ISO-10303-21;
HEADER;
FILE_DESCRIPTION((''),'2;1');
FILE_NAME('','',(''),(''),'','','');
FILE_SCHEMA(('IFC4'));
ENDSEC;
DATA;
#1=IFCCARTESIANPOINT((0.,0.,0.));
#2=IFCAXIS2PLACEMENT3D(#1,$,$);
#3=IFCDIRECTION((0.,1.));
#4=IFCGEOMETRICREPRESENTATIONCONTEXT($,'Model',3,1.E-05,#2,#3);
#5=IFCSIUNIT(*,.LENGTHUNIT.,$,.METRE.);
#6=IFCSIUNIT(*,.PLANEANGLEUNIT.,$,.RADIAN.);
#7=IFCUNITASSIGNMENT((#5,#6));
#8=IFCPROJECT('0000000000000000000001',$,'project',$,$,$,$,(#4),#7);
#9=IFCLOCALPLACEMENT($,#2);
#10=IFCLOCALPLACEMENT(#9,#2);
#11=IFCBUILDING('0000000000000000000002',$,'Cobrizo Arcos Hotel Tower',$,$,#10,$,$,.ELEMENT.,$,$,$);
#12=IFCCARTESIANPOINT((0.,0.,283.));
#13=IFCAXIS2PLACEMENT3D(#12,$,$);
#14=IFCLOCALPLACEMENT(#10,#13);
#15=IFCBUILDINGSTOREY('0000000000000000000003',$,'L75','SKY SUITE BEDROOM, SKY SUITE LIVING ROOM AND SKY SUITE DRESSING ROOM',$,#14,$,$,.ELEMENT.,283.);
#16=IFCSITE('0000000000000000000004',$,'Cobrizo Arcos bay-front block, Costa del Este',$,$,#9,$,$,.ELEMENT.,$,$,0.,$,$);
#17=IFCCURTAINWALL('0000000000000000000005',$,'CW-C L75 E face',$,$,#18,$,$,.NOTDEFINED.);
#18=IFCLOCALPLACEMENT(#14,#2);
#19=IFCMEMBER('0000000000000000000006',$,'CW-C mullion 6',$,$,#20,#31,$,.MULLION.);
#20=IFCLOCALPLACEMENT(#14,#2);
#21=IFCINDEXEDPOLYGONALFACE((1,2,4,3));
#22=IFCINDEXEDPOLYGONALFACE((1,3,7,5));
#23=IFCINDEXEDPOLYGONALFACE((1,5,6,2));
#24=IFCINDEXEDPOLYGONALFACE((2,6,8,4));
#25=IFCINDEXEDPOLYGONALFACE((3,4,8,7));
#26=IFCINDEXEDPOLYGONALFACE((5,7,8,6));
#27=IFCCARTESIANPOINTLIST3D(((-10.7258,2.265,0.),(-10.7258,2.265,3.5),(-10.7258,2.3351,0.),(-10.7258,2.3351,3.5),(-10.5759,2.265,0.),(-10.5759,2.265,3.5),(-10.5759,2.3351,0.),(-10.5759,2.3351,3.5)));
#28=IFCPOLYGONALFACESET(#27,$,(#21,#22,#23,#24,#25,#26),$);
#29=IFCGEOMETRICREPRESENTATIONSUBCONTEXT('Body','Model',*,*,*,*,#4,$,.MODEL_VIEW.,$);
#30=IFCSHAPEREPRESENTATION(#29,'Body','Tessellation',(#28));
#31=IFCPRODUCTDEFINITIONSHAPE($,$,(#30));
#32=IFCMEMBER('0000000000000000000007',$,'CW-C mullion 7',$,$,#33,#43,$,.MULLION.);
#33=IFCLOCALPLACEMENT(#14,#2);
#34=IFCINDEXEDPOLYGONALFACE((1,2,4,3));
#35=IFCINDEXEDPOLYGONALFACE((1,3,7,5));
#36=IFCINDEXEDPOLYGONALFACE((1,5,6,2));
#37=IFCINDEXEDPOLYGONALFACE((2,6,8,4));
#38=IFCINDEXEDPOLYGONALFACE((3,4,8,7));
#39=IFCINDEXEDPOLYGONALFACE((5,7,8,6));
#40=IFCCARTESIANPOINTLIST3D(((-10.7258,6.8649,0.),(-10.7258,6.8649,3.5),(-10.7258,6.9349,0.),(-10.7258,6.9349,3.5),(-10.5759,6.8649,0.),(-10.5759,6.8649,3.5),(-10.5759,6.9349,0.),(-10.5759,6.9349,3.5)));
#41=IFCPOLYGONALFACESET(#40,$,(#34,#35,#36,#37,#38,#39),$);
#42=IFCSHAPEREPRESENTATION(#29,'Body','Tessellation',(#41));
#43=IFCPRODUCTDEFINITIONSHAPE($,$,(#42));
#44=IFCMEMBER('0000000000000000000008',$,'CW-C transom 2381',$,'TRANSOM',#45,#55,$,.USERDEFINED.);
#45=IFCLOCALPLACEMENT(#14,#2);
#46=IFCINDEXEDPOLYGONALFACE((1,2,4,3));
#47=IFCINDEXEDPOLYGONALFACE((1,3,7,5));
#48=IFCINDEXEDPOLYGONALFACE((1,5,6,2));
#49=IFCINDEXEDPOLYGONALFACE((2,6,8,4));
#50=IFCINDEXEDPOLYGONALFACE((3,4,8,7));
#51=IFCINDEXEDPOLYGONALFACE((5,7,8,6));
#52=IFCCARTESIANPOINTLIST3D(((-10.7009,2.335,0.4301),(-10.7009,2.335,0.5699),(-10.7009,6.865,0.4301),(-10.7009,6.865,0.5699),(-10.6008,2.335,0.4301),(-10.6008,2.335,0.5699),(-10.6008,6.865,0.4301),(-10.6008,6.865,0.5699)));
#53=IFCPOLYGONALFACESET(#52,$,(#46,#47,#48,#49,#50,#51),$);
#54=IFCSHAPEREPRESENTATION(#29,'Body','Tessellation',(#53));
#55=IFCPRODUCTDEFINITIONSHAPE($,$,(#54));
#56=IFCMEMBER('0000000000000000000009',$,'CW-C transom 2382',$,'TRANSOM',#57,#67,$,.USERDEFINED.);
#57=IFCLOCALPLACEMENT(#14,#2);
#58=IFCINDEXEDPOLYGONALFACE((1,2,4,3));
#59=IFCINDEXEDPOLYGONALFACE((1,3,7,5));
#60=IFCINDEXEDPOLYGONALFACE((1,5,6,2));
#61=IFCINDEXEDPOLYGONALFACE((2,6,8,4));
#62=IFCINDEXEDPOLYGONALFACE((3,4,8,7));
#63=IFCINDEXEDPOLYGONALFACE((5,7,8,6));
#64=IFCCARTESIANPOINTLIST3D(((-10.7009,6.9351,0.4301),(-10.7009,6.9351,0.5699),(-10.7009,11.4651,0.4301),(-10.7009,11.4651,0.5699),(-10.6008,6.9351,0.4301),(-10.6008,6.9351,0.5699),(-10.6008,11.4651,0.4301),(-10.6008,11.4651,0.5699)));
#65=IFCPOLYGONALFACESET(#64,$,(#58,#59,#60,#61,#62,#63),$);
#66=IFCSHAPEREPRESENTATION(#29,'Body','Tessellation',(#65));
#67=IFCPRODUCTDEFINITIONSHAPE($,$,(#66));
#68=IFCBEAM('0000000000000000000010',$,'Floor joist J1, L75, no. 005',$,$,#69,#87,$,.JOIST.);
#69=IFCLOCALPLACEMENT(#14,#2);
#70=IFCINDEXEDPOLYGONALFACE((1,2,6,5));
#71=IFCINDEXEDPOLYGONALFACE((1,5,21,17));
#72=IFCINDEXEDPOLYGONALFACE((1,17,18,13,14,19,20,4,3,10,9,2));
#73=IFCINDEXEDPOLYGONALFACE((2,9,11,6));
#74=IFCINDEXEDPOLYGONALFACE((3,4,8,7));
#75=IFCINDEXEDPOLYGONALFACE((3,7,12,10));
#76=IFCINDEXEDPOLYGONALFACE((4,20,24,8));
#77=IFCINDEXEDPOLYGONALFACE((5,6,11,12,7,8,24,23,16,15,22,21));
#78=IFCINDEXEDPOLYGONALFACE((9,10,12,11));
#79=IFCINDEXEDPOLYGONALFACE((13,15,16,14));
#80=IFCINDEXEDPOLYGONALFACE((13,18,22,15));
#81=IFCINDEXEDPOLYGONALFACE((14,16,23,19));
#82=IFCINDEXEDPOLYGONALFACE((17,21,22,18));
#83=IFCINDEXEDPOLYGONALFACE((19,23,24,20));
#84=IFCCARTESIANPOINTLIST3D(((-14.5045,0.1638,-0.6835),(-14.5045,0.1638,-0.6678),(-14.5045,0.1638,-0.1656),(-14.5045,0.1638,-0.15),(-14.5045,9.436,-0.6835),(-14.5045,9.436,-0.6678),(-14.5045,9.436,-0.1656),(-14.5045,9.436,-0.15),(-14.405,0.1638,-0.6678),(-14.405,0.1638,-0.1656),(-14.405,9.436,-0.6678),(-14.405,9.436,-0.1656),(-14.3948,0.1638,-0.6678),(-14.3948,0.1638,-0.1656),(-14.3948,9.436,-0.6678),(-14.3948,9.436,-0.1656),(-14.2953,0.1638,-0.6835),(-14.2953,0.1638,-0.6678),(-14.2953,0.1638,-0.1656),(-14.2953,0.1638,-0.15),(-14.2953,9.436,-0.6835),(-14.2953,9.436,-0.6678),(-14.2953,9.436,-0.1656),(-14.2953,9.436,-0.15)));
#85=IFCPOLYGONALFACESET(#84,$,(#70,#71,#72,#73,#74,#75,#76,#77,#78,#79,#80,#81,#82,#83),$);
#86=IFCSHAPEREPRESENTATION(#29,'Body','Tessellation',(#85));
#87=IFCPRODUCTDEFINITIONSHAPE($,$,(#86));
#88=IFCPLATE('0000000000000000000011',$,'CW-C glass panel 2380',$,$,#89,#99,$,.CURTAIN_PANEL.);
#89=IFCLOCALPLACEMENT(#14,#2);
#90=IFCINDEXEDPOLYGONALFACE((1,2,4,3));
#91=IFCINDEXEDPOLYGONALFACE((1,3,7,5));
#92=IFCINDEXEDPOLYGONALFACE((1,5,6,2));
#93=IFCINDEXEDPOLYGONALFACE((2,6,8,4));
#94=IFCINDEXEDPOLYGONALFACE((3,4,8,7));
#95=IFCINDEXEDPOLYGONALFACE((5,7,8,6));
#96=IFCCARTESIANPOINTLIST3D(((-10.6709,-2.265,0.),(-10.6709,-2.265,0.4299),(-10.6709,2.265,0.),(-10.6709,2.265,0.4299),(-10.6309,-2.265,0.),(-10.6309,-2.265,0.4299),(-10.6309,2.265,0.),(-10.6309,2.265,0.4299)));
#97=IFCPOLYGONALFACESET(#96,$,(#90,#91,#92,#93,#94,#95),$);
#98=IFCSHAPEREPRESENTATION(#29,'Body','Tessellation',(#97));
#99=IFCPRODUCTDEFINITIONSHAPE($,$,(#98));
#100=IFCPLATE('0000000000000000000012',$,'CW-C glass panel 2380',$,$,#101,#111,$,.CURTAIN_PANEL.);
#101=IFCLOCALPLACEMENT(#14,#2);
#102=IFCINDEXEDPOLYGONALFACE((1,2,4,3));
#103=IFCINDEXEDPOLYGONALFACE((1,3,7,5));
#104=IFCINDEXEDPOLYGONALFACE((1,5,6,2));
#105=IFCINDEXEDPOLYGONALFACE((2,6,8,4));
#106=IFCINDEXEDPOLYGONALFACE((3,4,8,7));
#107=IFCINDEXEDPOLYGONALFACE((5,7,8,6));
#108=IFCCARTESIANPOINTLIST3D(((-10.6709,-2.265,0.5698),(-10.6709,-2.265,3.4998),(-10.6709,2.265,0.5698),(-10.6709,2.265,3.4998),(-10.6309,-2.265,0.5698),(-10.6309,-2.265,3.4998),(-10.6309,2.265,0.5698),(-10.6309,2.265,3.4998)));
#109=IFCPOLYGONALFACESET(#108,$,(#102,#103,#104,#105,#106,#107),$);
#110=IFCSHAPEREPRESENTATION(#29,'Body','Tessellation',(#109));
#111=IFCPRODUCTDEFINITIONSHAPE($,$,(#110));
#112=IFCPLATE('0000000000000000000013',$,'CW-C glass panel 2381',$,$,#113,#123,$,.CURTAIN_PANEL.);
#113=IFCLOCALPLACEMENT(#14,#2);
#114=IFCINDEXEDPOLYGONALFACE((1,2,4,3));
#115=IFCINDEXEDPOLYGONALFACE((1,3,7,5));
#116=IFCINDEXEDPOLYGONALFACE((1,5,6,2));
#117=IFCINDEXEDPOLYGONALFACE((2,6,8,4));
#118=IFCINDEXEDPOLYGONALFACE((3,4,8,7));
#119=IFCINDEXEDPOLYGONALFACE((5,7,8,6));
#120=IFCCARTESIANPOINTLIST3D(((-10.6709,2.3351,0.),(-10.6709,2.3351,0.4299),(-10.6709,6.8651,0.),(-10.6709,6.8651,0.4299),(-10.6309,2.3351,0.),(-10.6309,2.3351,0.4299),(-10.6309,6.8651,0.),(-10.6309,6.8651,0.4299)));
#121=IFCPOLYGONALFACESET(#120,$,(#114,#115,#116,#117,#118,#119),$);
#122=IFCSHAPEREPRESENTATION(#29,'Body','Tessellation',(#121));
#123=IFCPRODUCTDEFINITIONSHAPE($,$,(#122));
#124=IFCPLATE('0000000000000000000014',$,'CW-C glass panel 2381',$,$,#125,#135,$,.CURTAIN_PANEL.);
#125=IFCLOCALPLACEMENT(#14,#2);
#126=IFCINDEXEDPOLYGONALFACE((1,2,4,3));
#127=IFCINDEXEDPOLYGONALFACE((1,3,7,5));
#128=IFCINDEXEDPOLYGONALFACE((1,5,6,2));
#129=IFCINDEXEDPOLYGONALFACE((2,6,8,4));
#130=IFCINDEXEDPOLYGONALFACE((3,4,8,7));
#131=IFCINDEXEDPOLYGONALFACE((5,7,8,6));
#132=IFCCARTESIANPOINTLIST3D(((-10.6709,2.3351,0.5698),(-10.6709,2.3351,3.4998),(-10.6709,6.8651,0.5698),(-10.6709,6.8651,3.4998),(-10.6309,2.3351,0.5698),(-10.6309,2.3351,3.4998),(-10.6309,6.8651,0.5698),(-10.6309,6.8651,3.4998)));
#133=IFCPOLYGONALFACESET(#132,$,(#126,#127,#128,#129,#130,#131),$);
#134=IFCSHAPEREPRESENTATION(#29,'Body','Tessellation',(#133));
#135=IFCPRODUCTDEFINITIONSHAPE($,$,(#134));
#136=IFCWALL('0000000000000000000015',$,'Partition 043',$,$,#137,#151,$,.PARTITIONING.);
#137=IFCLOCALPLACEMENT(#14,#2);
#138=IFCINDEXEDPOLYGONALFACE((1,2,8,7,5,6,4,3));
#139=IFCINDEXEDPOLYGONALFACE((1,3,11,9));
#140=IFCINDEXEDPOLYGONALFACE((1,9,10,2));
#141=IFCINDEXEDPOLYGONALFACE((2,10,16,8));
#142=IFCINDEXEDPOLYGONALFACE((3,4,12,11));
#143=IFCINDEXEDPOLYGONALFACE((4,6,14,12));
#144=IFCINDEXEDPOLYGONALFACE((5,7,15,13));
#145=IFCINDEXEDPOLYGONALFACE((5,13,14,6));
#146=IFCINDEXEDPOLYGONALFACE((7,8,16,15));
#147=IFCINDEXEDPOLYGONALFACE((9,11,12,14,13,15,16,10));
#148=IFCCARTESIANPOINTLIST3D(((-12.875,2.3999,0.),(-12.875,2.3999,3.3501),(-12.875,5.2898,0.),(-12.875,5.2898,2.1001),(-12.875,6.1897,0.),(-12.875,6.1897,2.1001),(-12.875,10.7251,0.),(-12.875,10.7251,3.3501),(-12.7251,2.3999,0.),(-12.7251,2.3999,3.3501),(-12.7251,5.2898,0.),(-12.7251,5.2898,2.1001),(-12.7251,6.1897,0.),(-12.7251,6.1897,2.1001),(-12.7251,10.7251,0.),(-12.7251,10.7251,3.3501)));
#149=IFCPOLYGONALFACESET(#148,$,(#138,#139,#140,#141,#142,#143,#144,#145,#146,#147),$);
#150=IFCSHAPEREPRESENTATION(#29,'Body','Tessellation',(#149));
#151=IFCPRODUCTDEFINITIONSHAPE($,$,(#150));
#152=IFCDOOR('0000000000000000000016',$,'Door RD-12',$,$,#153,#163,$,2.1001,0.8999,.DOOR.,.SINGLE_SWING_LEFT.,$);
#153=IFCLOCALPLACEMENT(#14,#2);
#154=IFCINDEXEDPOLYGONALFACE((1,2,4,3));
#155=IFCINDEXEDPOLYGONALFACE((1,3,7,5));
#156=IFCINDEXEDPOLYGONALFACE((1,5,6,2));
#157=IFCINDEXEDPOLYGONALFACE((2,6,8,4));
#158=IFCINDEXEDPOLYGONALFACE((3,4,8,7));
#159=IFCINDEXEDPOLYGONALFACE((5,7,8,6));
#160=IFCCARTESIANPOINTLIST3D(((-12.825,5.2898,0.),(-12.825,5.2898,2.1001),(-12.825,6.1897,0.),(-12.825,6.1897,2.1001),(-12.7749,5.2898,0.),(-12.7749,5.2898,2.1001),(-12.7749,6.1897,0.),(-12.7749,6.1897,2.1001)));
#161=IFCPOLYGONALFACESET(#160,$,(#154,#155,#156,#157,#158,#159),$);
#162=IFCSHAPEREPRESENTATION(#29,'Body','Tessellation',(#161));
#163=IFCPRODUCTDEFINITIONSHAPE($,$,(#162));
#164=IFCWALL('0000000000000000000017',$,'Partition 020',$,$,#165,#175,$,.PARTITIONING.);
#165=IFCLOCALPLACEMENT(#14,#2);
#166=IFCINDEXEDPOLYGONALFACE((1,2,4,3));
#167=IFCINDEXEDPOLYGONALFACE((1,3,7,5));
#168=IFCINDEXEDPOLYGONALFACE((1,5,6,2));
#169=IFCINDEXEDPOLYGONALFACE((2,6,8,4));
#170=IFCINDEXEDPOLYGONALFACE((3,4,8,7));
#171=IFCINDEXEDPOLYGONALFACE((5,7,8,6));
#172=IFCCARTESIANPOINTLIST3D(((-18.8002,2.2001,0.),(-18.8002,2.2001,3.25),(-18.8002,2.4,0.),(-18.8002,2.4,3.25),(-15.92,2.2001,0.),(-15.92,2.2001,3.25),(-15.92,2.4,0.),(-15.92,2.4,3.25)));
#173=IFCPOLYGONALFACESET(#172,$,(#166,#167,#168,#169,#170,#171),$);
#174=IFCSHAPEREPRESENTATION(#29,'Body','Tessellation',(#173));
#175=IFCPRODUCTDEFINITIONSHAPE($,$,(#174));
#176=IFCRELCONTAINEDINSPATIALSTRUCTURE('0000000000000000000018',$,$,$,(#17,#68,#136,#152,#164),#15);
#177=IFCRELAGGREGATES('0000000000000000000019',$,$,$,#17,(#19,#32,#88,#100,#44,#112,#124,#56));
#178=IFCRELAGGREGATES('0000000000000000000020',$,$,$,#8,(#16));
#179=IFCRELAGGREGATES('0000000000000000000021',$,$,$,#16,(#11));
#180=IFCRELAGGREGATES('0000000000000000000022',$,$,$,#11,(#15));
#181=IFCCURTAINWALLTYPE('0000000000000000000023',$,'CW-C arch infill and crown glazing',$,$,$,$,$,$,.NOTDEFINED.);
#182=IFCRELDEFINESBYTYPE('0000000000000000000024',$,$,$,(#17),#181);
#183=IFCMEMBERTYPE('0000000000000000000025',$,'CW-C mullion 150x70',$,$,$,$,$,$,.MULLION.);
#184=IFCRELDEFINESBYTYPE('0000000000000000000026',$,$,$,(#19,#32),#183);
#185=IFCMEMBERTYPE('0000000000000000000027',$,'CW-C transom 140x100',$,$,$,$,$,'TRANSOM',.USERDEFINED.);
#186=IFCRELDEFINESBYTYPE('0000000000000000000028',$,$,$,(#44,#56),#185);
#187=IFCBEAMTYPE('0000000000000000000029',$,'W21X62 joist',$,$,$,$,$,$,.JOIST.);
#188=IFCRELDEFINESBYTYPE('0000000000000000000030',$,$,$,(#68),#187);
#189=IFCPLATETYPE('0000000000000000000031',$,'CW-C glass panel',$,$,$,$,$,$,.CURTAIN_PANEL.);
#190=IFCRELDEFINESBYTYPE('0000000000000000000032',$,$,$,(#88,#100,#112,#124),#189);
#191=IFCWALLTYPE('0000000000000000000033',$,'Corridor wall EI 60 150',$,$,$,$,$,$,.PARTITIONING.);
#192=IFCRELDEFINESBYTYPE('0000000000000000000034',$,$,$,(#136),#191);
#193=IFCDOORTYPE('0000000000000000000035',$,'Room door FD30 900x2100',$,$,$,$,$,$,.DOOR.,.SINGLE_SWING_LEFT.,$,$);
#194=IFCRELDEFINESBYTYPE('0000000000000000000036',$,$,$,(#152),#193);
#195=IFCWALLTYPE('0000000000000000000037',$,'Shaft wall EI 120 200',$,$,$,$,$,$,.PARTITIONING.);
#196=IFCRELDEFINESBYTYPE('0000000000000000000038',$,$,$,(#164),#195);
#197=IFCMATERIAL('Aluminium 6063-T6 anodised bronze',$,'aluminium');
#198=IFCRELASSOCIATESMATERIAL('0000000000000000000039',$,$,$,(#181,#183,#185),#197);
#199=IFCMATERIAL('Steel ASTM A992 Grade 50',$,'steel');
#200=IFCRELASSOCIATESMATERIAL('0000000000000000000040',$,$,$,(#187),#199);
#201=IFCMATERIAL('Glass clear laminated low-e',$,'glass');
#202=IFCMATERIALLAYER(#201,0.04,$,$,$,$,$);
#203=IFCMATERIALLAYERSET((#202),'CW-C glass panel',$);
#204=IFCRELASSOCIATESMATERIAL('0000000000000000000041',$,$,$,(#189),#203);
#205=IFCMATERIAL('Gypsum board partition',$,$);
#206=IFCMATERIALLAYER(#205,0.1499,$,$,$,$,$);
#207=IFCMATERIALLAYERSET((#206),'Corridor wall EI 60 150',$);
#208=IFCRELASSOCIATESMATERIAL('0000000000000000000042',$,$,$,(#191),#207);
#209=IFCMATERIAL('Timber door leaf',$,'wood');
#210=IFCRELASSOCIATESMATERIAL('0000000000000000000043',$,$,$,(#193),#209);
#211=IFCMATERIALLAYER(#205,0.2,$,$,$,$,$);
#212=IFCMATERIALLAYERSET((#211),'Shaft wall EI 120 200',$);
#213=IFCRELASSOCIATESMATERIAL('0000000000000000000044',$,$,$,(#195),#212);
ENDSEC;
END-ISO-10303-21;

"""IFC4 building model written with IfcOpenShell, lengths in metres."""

from ifc_helpers import new_model, si_unit, direction, frame, frame_2d, origin, origin_2d, place, context, subcontext, project, spatial, rectangle, i_section, extrude, material, layer, layer_set, material_profile, profile_set, type_object, element, fill, aggregate, save


model = new_model("IFC4")

# Units and contexts
model_context = context("Model", 3, precision=1e-05, world=origin(), true_north=direction((0.0, 1.0)))
body_context = subcontext(model_context, "Body", "Model", "MODEL_VIEW")
ifc_project = project(units=[si_unit("LENGTHUNIT", "METRE"), si_unit("PLANEANGLEUNIT", "RADIAN")], contexts=[model_context])

# Site, building, storey
site_placement = place(None, origin())
site = spatial("IfcSite", under=ifc_project, at=site_placement, Name="Cobrizo Arcos bay-front block, Costa del Este", CompositionType="ELEMENT", RefElevation=0.0)
building_placement = place(site_placement, origin())
building = spatial("IfcBuilding", under=site, at=building_placement, Name="Cobrizo Arcos Hotel Tower", CompositionType="ELEMENT")
storey_placement = place(building_placement, frame((0.0, 0.0, 283.0)))
storey = spatial("IfcBuildingStorey", under=building, at=storey_placement, Name="L75", Description="SKY SUITE BEDROOM, SKY SUITE LIVING ROOM AND SKY SUITE DRESSING ROOM", CompositionType="ELEMENT", Elevation=283.0)

# Curtain wall, members
ifc_material_1 = material(Name="Aluminium 6063-T6 anodised bronze", Category="aluminium")
curtain_wall_type = type_object("IfcCurtainWallType", Name="CW-C arch infill and crown glazing", PredefinedType="NOTDEFINED", material=ifc_material_1)
curtain_wall_placement = place(storey_placement, origin())
curtain_wall = element("IfcCurtainWall", 1, at=curtain_wall_placement, inside=storey, type_object=curtain_wall_type, Name="CW-C L75 E face", PredefinedType="NOTDEFINED")
ifc_material_profile_1 = material_profile(ifc_material_1, rectangle(XDim=0.1499, YDim=0.0701, at=origin_2d()), Name="CW-C mullion 150x70")
ifc_profile_set_1 = profile_set([ifc_material_profile_1], Name="Aluminium 6063-T6 anodised bronze")
member_type_1 = type_object("IfcMemberType", Name="CW-C mullion 150x70", PredefinedType="MULLION", material=ifc_profile_set_1)
member_1_placement = place(storey_placement, frame((-10.6509, 2.3, 0.0), z_axis=(0.0, 0.0, 1.0), x_axis=(1.0, 0.0, 0.0)))
member_1 = element("IfcMember", 2, at=member_1_placement, type_object=member_type_1, Name="CW-C mullion 6", PredefinedType="MULLION", context=body_context, shape_type="SweptSolid", body=[
    extrude(rectangle(XDim=0.1499, YDim=0.0701, at=origin_2d()), origin(), (0.0, 0.0, 1.0), 3.5),
])
member_2_placement = place(storey_placement, frame((-10.6509, 6.8999, 0.0), z_axis=(0.0, 0.0, 1.0), x_axis=(1.0, 0.0, 0.0)))
member_2 = element("IfcMember", 3, at=member_2_placement, type_object=member_type_1, Name="CW-C mullion 7", PredefinedType="MULLION", context=body_context, shape_type="SweptSolid", body=[
    extrude(rectangle(XDim=0.1499, YDim=0.0701, at=origin_2d()), origin(), (0.0, 0.0, 1.0), 3.5),
])
ifc_material_profile_2 = material_profile(ifc_material_1, rectangle(XDim=0.1001, YDim=0.1399, at=origin_2d()), Name="CW-C transom 140x100")
ifc_profile_set_2 = profile_set([ifc_material_profile_2], Name="Aluminium 6063-T6 anodised bronze")
member_type_2 = type_object("IfcMemberType", Name="CW-C transom 140x100", ElementType="TRANSOM", PredefinedType="USERDEFINED", material=ifc_profile_set_2)
member_3_placement = place(storey_placement, frame((-10.6509, 2.335, 0.5), z_axis=(0.0, 1.0, 0.0), x_axis=(-1.0, 0.0, 0.0)))
member_3 = element("IfcMember", 4, at=member_3_placement, type_object=member_type_2, Name="CW-C transom 2381", ObjectType="TRANSOM", PredefinedType="USERDEFINED", context=body_context, shape_type="SweptSolid", body=[
    extrude(rectangle(XDim=0.1001, YDim=0.1399, at=origin_2d()), origin(), (0.0, 0.0, 1.0), 4.53),
])
member_4_placement = place(storey_placement, frame((-10.6509, 6.9351, 0.5), z_axis=(0.0, 1.0, 0.0), x_axis=(-1.0, 0.0, 0.0)))
member_4 = element("IfcMember", 5, at=member_4_placement, type_object=member_type_2, Name="CW-C transom 2382", ObjectType="TRANSOM", PredefinedType="USERDEFINED", context=body_context, shape_type="SweptSolid", body=[
    extrude(rectangle(XDim=0.1001, YDim=0.1399, at=origin_2d()), origin(), (0.0, 0.0, 1.0), 4.53),
])

# Beam
ifc_material_2 = material(Name="Steel ASTM A992 Grade 50", Category="steel")
ifc_material_profile_3 = material_profile(ifc_material_2, i_section(OverallWidth=0.2092, OverallDepth=0.5334, WebThickness=0.0103, FlangeThickness=0.0156, at=origin_2d()), Name="W21X62")
ifc_profile_set_3 = profile_set([ifc_material_profile_3], Name="Steel ASTM A992 Grade 50")
beam_type = type_object("IfcBeamType", Name="W21X62 joist", PredefinedType="JOIST", material=ifc_profile_set_3)
beam_placement = place(storey_placement, frame((-14.3999, 0.1638, -0.4167), z_axis=(0.0, 1.0, 0.0), x_axis=(-1.0, 0.0, 0.0)))
element("IfcBeam", 6, at=beam_placement, inside=storey, type_object=beam_type, Name="Floor joist J1, L75, no. 005", PredefinedType="JOIST", context=body_context, shape_type="SweptSolid", body=[
    extrude(i_section(OverallWidth=0.2092, OverallDepth=0.5334, WebThickness=0.0103, FlangeThickness=0.0156, at=origin_2d()), origin(), (0.0, 0.0, 1.0), 9.2722),
])

# Plates
ifc_material_3 = material(Name="Glass clear laminated low-e", Category="glass")
ifc_layer_1 = layer(ifc_material_3, 0.04)
ifc_layer_set_1 = layer_set([ifc_layer_1], Name="CW-C glass panel")
plate_type = type_object("IfcPlateType", Name="CW-C glass panel", PredefinedType="CURTAIN_PANEL", material=ifc_layer_set_1)
plate_1_placement = place(storey_placement, frame((-10.6509, 0.0, 0.0), z_axis=(0.0, 0.0, 1.0), x_axis=(0.0, 1.0, 0.0)))
plate_1 = element("IfcPlate", 7, at=plate_1_placement, type_object=plate_type, Name="CW-C glass panel 2380", PredefinedType="CURTAIN_PANEL", context=body_context, shape_type="SweptSolid", body=[
    extrude(rectangle(XDim=4.53, YDim=0.04, at=origin_2d()), origin(), (0.0, 0.0, 1.0), 0.4299),
])
plate_2_placement = place(storey_placement, frame((-10.6509, 0.0, 0.5698), z_axis=(0.0, 0.0, 1.0), x_axis=(0.0, 1.0, 0.0)))
plate_2 = element("IfcPlate", 8, at=plate_2_placement, type_object=plate_type, Name="CW-C glass panel 2380", PredefinedType="CURTAIN_PANEL", context=body_context, shape_type="SweptSolid", body=[
    extrude(rectangle(XDim=4.53, YDim=0.04, at=origin_2d()), origin(), (0.0, 0.0, 1.0), 2.9299),
])
plate_3_placement = place(storey_placement, frame((-10.6509, 4.6001, 0.0), z_axis=(0.0, 0.0, 1.0), x_axis=(0.0, 1.0, 0.0)))
plate_3 = element("IfcPlate", 9, at=plate_3_placement, type_object=plate_type, Name="CW-C glass panel 2381", PredefinedType="CURTAIN_PANEL", context=body_context, shape_type="SweptSolid", body=[
    extrude(rectangle(XDim=4.53, YDim=0.04, at=origin_2d()), origin(), (0.0, 0.0, 1.0), 0.4299),
])
plate_4_placement = place(storey_placement, frame((-10.6509, 4.6001, 0.5698), z_axis=(0.0, 0.0, 1.0), x_axis=(0.0, 1.0, 0.0)))
plate_4 = element("IfcPlate", 10, at=plate_4_placement, type_object=plate_type, Name="CW-C glass panel 2381", PredefinedType="CURTAIN_PANEL", context=body_context, shape_type="SweptSolid", body=[
    extrude(rectangle(XDim=4.53, YDim=0.04, at=origin_2d()), origin(), (0.0, 0.0, 1.0), 2.9299),
])
aggregate(curtain_wall, [member_1, member_2, plate_1, plate_2, member_3, plate_3, plate_4, member_4])

# Wall, opening, door
ifc_material_4 = material(Name="Gypsum board partition")
ifc_layer_2 = layer(ifc_material_4, 0.1499)
ifc_layer_set_2 = layer_set([ifc_layer_2], Name="Corridor wall EI 60 150")
wall_type_1 = type_object("IfcWallType", Name="Corridor wall EI 60 150", PredefinedType="PARTITIONING", material=ifc_layer_set_2)
wall_1_placement = place(storey_placement, frame((-12.8, 2.3999, 0.0), z_axis=(0.0, 0.0, 1.0), x_axis=(0.0, 1.0, 0.0)))
wall_1 = element("IfcWall", 11, at=wall_1_placement, inside=storey, type_object=wall_type_1, Name="Partition 043", PredefinedType="PARTITIONING", context=body_context, shape_type="SweptSolid", body=[
    extrude(rectangle(XDim=8.3252, YDim=0.1499, at=frame_2d((4.1626, 0.0))), origin(), (0.0, 0.0, 1.0), 3.3501),
])
opening_1_placement = place(wall_1_placement, frame((2.8899, 0.0, 0.0)))
opening_1 = element("IfcOpeningElement", 12, at=opening_1_placement, cuts=wall_1, PredefinedType="OPENING", context=body_context, shape_type="SweptSolid", body=[
    extrude(rectangle(XDim=0.8999, YDim=2.1001, at=frame_2d((0.45, 1.05))), frame((0.0, 0.0869, 0.0), z_axis=(0.0, -1.0, 0.0), x_axis=(1.0, 0.0, 0.0)), (0.0, 0.0, 1.0), 0.1738),
])
ifc_material_5 = material(Name="Timber door leaf", Category="wood")
door_type_1 = type_object("IfcDoorType", Name="Room door FD30 900x2100", OperationType="SINGLE_SWING_LEFT", PredefinedType="DOOR", material=ifc_material_5)
door_1_placement = place(opening_1_placement, origin())
door_1 = element("IfcDoor", 13, at=door_1_placement, inside=storey, type_object=door_type_1, Name="Door RD-12", OperationType="SINGLE_SWING_LEFT", OverallHeight=2.1001, OverallWidth=0.8999, PredefinedType="DOOR", context=body_context, shape_type="SweptSolid", body=[
    extrude(rectangle(XDim=0.8999, YDim=2.1001, at=frame_2d((0.45, 1.05))), frame((0.0, 0.0249, 0.0), z_axis=(0.0, -1.0, 0.0), x_axis=(1.0, 0.0, 0.0)), (0.0, 0.0, 1.0), 0.05),
])
fill(opening_1, door_1)

# Wall
ifc_layer_3 = layer(ifc_material_4, 0.2)
ifc_layer_set_3 = layer_set([ifc_layer_3], Name="Shaft wall EI 120 200")
wall_type_2 = type_object("IfcWallType", Name="Shaft wall EI 120 200", PredefinedType="PARTITIONING", material=ifc_layer_set_3)
wall_2_placement = place(storey_placement, frame((-18.8, 2.3, 0.0), z_axis=(0.0, 0.0, 1.0), x_axis=(1.0, 0.0, 0.0)))
element("IfcWall", 14, at=wall_2_placement, inside=storey, type_object=wall_type_2, Name="Partition 020", PredefinedType="PARTITIONING", context=body_context, shape_type="SweptSolid", body=[
    extrude(rectangle(XDim=2.8801, YDim=0.2, at=frame_2d((1.4399, 0.0))), origin(), (0.0, 0.0, 1.0), 3.25),
])

save(model, "model.ifc")
